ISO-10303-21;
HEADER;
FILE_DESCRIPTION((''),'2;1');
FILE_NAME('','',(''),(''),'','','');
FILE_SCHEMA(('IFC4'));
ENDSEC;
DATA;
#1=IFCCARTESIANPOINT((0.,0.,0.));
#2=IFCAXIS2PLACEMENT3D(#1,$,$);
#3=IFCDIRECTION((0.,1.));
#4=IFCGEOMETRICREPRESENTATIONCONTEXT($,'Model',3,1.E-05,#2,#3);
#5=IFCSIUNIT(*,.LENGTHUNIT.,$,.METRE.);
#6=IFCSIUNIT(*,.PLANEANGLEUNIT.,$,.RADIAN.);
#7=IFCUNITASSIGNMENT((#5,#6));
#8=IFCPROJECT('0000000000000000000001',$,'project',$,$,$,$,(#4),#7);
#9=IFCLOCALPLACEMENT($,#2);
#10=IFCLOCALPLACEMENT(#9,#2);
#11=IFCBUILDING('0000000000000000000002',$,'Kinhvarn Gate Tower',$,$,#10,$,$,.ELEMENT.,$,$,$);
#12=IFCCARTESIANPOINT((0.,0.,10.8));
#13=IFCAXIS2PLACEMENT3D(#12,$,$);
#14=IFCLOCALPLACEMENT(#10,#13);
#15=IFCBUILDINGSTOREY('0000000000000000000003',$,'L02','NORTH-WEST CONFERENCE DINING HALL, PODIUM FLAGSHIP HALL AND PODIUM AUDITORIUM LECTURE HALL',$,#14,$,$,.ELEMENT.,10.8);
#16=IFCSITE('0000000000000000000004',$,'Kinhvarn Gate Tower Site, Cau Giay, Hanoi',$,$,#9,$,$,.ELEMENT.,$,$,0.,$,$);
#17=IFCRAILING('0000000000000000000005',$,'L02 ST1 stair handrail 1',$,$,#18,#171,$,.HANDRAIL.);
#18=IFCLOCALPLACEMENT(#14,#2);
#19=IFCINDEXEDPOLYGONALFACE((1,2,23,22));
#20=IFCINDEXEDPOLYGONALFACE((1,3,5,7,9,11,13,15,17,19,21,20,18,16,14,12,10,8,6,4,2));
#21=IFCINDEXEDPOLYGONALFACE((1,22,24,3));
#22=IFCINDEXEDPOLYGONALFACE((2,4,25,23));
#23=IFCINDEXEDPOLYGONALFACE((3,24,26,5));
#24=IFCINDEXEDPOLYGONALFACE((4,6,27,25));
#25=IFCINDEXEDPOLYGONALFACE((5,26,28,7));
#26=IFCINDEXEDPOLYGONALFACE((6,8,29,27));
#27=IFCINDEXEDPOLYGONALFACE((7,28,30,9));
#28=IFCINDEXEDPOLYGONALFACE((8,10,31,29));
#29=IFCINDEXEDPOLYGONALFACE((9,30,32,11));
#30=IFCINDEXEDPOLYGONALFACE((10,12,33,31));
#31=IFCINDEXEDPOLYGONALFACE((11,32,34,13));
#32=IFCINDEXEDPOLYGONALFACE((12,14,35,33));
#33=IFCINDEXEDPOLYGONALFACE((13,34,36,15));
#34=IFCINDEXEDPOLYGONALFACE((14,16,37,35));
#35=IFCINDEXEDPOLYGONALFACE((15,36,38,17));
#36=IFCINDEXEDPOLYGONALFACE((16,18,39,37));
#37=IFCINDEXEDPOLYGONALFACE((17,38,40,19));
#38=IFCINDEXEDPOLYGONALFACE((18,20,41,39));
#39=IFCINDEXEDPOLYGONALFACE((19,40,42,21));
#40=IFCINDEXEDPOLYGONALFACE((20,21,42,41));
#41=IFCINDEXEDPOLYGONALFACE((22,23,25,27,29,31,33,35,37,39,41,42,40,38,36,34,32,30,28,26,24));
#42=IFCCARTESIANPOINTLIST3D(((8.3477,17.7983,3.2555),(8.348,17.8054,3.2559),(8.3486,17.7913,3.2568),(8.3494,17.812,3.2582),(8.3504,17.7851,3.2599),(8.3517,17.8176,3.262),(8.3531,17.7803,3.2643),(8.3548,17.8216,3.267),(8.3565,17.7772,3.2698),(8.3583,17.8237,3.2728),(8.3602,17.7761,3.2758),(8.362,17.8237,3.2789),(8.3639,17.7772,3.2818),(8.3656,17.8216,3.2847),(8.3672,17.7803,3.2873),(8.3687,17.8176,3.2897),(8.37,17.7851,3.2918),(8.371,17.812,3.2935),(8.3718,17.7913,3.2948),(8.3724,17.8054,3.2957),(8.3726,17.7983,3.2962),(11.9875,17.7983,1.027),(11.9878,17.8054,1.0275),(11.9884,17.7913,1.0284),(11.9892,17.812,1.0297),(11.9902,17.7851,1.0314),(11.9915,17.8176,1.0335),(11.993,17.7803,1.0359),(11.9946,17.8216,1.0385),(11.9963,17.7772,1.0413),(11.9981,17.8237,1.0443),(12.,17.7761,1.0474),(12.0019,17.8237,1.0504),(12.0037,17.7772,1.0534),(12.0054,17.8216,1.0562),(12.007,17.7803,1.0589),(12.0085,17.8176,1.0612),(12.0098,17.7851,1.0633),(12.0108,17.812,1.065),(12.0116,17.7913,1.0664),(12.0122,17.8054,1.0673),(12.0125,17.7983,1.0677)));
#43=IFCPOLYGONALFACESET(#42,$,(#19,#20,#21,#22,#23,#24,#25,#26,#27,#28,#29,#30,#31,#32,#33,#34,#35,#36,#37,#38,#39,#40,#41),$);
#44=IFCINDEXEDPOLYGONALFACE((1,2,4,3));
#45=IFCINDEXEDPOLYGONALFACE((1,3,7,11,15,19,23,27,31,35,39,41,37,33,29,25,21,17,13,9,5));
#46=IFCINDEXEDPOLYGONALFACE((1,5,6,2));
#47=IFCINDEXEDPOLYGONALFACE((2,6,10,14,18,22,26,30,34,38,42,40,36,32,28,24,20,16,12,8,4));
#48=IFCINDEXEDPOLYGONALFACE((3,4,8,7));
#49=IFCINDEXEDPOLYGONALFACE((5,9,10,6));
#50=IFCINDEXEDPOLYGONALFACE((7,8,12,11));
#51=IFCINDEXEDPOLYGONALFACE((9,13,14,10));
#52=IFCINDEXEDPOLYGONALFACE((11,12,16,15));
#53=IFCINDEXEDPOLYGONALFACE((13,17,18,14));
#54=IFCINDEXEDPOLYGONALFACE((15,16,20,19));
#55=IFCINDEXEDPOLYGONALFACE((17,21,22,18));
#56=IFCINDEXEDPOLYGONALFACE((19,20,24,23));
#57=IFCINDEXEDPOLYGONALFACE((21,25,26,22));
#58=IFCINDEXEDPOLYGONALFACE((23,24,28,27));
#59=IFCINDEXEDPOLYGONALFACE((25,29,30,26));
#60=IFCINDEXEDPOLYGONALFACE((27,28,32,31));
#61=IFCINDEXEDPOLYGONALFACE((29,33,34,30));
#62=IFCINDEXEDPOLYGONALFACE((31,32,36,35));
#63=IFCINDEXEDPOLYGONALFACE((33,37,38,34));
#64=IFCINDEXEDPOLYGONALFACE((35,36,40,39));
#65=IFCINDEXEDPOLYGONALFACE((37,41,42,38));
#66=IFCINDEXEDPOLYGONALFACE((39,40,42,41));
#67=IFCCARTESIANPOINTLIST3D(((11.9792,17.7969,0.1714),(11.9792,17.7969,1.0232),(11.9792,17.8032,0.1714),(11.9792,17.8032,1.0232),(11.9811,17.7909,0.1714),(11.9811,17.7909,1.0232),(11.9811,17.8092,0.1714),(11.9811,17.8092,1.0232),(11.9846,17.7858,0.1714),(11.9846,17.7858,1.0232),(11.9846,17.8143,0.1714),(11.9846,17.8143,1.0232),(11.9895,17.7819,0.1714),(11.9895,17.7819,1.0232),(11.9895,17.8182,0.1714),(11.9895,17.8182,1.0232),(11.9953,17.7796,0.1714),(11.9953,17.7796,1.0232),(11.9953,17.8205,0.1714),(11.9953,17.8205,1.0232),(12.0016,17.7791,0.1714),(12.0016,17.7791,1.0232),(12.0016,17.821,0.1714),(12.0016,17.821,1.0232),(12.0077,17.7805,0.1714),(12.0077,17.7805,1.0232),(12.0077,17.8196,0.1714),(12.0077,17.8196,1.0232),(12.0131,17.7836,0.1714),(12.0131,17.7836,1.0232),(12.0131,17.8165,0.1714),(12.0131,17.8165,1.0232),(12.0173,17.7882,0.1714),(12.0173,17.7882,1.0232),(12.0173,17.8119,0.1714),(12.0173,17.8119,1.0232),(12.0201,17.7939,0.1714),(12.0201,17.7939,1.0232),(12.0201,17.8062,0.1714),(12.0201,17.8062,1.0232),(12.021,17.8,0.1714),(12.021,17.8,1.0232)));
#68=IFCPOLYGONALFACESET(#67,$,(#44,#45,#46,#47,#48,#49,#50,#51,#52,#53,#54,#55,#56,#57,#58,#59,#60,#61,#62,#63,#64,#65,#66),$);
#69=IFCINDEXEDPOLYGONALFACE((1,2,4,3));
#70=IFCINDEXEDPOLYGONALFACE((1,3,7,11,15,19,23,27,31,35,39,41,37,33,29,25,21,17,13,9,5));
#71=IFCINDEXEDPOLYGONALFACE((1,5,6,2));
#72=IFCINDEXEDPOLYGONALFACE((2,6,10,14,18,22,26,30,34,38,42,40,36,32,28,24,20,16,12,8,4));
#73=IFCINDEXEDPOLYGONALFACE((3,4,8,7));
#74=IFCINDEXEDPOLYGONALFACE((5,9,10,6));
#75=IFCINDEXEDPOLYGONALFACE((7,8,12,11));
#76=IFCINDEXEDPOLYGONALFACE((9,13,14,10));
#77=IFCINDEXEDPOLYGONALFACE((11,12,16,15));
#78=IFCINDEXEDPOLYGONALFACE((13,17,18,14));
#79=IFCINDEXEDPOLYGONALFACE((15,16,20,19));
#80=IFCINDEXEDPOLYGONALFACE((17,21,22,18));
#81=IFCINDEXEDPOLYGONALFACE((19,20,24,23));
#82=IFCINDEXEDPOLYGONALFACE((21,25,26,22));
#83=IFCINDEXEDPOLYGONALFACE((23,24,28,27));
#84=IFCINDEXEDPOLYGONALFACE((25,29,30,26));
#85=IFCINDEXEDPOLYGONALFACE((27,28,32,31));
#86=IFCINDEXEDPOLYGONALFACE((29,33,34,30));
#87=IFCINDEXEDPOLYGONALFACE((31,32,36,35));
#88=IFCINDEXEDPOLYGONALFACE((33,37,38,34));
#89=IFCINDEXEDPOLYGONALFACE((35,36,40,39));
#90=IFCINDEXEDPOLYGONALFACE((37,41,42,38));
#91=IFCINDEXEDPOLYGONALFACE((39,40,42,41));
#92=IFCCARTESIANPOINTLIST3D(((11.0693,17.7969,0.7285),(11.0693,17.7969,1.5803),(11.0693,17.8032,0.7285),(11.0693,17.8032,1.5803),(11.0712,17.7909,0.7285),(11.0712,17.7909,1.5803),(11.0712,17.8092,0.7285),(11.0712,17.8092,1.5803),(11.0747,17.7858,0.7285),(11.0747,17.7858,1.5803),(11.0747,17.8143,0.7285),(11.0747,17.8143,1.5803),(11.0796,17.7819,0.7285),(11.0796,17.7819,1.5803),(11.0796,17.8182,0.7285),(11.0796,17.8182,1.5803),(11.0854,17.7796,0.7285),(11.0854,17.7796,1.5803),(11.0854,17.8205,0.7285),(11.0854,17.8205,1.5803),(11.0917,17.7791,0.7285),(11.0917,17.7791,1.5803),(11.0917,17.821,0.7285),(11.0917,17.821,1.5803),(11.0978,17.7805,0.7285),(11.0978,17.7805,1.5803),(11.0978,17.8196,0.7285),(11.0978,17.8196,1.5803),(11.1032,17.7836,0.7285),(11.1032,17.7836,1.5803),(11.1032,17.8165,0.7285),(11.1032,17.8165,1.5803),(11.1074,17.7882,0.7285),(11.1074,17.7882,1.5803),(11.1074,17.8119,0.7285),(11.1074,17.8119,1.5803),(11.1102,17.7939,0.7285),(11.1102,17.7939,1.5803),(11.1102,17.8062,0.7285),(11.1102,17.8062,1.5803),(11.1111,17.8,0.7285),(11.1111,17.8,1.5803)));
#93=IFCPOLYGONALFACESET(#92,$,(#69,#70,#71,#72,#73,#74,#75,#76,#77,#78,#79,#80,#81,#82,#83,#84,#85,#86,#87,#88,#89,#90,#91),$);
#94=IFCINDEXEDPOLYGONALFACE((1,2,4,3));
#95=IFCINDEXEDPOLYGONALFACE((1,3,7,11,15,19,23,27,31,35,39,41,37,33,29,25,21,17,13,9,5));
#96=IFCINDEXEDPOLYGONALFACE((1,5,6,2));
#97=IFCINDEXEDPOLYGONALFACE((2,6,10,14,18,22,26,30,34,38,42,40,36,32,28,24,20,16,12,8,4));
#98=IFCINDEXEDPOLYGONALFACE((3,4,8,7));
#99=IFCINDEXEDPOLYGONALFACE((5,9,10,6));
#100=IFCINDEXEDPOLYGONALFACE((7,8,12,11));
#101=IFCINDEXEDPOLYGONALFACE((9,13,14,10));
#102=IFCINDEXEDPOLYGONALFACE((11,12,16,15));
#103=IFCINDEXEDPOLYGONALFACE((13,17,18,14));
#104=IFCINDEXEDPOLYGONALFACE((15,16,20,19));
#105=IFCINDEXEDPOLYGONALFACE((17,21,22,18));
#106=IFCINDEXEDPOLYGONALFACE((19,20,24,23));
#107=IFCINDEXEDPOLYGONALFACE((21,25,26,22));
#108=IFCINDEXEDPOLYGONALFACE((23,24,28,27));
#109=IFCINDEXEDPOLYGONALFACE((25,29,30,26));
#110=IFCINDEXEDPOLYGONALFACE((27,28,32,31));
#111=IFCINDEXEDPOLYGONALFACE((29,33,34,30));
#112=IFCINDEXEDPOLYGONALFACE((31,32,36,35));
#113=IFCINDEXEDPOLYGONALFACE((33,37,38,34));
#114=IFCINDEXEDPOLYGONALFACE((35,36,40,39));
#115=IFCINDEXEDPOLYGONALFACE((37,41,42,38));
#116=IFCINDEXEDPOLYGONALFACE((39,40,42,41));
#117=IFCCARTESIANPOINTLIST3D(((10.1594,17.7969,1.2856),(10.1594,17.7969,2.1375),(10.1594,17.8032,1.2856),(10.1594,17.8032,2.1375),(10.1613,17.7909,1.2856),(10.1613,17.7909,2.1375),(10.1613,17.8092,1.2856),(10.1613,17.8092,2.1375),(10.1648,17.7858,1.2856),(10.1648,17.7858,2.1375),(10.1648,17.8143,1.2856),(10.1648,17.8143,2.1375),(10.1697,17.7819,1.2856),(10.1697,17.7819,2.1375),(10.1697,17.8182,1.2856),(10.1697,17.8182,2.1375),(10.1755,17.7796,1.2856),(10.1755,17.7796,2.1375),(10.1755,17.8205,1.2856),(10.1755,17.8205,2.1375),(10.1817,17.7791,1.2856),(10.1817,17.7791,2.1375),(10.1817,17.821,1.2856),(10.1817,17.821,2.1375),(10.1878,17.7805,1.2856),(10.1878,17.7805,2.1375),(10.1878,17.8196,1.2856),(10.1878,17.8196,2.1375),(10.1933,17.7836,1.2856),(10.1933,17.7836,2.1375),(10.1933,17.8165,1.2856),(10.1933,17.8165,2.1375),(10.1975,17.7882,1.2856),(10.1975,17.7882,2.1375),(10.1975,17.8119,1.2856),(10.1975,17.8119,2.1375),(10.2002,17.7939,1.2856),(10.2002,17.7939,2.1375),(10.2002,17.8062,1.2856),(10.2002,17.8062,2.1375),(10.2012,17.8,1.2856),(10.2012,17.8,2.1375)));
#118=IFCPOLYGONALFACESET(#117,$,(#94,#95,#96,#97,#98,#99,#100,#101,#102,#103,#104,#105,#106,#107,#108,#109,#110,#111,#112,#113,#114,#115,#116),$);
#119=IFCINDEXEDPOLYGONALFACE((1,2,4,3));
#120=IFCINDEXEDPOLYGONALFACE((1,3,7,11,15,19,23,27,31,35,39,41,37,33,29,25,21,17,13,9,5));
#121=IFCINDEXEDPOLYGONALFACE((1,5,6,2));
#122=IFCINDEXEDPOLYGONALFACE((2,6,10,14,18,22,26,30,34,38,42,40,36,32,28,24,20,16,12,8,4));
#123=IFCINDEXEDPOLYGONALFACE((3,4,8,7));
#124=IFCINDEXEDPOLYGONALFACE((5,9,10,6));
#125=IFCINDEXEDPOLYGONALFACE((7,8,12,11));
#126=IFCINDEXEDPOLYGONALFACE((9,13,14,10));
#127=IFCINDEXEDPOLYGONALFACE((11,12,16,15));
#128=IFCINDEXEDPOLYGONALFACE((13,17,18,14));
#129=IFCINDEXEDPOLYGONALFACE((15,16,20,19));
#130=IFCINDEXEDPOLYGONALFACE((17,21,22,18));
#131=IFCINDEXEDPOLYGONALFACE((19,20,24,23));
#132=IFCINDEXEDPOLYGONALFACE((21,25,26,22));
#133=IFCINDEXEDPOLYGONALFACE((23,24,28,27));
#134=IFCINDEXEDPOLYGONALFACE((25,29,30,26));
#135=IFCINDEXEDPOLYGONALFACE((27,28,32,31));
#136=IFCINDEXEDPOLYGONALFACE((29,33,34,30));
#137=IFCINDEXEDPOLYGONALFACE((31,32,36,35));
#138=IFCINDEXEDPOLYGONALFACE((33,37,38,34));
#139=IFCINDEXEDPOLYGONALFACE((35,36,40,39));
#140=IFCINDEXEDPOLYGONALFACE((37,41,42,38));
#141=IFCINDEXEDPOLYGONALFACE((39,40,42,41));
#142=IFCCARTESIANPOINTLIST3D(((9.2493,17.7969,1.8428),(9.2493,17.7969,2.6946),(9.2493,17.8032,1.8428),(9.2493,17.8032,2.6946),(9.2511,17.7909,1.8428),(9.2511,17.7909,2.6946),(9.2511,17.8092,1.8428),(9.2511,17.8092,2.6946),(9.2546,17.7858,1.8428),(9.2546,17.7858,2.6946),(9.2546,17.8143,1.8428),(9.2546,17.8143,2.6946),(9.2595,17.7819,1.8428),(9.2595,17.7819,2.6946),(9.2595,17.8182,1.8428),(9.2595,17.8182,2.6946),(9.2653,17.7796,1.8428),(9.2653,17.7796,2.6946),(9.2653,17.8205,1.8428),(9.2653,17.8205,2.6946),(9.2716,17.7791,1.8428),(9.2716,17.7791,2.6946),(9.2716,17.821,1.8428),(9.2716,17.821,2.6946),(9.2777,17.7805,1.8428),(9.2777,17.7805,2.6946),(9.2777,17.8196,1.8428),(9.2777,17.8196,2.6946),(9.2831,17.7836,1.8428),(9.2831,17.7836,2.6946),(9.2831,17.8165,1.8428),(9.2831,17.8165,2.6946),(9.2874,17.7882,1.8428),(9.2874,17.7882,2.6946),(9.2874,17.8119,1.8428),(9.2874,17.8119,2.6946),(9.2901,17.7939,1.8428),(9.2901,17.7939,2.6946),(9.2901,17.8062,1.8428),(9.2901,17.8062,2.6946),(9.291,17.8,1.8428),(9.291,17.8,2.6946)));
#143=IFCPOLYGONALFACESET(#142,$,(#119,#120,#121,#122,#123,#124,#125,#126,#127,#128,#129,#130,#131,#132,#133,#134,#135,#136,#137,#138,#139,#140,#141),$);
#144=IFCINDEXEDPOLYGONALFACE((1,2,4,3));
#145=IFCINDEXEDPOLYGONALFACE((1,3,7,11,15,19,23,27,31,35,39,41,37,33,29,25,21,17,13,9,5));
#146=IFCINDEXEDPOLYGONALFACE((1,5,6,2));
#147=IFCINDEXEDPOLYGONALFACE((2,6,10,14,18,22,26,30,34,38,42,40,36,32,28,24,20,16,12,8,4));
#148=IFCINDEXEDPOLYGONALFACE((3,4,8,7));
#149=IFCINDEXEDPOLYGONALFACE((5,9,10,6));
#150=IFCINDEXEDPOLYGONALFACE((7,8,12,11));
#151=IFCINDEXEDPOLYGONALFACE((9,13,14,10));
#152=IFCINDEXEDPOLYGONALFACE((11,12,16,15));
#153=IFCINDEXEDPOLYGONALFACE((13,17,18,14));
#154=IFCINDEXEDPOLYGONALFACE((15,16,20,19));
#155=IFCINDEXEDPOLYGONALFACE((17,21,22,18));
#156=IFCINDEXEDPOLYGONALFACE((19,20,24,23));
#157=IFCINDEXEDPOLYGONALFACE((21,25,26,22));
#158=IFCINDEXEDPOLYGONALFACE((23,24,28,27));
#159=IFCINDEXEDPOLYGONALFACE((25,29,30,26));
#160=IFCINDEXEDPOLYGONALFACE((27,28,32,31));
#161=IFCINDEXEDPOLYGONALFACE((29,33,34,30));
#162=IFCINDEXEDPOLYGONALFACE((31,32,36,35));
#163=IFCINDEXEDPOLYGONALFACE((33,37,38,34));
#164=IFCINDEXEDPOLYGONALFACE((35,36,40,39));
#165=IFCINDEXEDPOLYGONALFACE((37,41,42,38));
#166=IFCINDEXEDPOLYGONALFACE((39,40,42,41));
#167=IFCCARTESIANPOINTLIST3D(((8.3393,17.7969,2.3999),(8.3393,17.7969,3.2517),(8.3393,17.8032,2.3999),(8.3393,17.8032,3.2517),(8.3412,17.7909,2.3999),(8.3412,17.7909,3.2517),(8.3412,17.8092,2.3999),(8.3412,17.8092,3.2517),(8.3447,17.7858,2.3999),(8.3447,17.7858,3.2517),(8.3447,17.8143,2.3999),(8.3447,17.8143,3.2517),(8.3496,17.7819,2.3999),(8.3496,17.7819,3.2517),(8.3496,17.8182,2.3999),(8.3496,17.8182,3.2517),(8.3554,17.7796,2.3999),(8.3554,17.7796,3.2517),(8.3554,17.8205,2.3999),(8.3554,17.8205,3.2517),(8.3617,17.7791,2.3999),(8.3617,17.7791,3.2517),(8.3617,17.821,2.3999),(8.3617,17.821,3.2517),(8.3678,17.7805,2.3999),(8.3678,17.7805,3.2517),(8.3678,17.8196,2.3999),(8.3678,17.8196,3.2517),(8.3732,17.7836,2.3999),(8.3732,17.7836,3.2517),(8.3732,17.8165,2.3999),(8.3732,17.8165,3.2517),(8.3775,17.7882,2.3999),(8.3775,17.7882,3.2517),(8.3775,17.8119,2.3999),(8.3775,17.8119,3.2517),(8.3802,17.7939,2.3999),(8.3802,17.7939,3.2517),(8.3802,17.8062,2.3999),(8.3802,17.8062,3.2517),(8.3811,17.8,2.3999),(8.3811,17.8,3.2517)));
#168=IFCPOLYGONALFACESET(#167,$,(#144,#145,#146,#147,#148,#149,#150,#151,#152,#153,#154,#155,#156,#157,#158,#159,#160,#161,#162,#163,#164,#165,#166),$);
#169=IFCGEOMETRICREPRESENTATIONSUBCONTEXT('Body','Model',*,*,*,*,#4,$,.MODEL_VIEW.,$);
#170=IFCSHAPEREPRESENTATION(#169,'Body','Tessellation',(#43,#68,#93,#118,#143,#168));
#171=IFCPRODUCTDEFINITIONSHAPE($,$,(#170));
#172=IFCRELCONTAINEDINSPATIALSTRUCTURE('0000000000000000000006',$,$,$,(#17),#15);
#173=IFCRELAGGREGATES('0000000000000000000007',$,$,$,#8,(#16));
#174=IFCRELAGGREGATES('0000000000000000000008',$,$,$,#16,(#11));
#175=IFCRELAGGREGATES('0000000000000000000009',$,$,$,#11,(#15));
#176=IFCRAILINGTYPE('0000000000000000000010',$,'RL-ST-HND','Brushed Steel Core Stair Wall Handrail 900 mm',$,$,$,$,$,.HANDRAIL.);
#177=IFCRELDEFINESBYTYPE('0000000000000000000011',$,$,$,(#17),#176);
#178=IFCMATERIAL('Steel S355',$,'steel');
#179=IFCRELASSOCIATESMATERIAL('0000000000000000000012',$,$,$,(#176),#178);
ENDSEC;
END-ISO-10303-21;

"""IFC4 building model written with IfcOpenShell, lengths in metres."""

from ifc_helpers import new_model, si_unit, direction, frame, origin, origin_2d, place, context, subcontext, project, spatial, circle, extrude, material, type_object, element, save


model = new_model("IFC4")

# Units and contexts
model_context = context("Model", 3, precision=1e-05, world=origin(), true_north=direction((0.0, 1.0)))
body_context = subcontext(model_context, "Body", "Model", "MODEL_VIEW")
ifc_project = project(units=[si_unit("LENGTHUNIT", "METRE"), si_unit("PLANEANGLEUNIT", "RADIAN")], contexts=[model_context])

# Site, building, storey
site_placement = place(None, origin())
site = spatial("IfcSite", under=ifc_project, at=site_placement, Name="Kinhvarn Gate Tower Site, Cau Giay, Hanoi", CompositionType="ELEMENT", RefElevation=0.0)
building_placement = place(site_placement, origin())
building = spatial("IfcBuilding", under=site, at=building_placement, Name="Kinhvarn Gate Tower", CompositionType="ELEMENT")
storey_placement = place(building_placement, frame((0.0, 0.0, 10.8)))
storey = spatial("IfcBuildingStorey", under=building, at=storey_placement, Name="L02", Description="NORTH-WEST CONFERENCE DINING HALL, PODIUM FLAGSHIP HALL AND PODIUM AUDITORIUM LECTURE HALL", CompositionType="ELEMENT", Elevation=10.8)

# Shared definitions
ifc_material_1 = material(Name="Steel S355", Category="steel")

# Railing
railing_type_1 = type_object("IfcRailingType", Name="RL-ST-HND", Description="Brushed Steel Core Stair Wall Handrail 900 mm", PredefinedType="HANDRAIL", material=ifc_material_1)
railing_1_placement = place(storey_placement, frame((12.0, 17.8, 0.1714)))
element("IfcRailing", 1, at=railing_1_placement, inside=storey, type_object=railing_type_1, Name="L02 ST1 stair handrail 1", PredefinedType="HANDRAIL", context=body_context, shape_type="SweptSolid", body=[
    extrude(circle(Radius=0.0239, at=origin_2d()), frame((0.0, 0.0, 0.876), z_axis=(-0.85285, 0.0, 0.522156), x_axis=(0.0, -1.0, 0.0)), (0.0, 0.0, 1.0), 4.2678),
    extrude(circle(Radius=0.021, at=origin_2d()), origin(), (0.0, 0.0, 1.0), 0.8518),
    extrude(circle(Radius=0.021, at=origin_2d()), frame((-0.9099, 0.0, 0.5571)), (0.0, 0.0, 1.0), 0.8518),
    extrude(circle(Radius=0.021, at=origin_2d()), frame((-1.8198, 0.0, 1.1143)), (0.0, 0.0, 1.0), 0.8518),
    extrude(circle(Radius=0.021, at=origin_2d()), frame((-2.73, 0.0, 1.6714)), (0.0, 0.0, 1.0), 0.8518),
    extrude(circle(Radius=0.021, at=origin_2d()), frame((-3.6399, 0.0, 2.2285)), (0.0, 0.0, 1.0), 0.8518),
])

save(model, "model.ifc")
